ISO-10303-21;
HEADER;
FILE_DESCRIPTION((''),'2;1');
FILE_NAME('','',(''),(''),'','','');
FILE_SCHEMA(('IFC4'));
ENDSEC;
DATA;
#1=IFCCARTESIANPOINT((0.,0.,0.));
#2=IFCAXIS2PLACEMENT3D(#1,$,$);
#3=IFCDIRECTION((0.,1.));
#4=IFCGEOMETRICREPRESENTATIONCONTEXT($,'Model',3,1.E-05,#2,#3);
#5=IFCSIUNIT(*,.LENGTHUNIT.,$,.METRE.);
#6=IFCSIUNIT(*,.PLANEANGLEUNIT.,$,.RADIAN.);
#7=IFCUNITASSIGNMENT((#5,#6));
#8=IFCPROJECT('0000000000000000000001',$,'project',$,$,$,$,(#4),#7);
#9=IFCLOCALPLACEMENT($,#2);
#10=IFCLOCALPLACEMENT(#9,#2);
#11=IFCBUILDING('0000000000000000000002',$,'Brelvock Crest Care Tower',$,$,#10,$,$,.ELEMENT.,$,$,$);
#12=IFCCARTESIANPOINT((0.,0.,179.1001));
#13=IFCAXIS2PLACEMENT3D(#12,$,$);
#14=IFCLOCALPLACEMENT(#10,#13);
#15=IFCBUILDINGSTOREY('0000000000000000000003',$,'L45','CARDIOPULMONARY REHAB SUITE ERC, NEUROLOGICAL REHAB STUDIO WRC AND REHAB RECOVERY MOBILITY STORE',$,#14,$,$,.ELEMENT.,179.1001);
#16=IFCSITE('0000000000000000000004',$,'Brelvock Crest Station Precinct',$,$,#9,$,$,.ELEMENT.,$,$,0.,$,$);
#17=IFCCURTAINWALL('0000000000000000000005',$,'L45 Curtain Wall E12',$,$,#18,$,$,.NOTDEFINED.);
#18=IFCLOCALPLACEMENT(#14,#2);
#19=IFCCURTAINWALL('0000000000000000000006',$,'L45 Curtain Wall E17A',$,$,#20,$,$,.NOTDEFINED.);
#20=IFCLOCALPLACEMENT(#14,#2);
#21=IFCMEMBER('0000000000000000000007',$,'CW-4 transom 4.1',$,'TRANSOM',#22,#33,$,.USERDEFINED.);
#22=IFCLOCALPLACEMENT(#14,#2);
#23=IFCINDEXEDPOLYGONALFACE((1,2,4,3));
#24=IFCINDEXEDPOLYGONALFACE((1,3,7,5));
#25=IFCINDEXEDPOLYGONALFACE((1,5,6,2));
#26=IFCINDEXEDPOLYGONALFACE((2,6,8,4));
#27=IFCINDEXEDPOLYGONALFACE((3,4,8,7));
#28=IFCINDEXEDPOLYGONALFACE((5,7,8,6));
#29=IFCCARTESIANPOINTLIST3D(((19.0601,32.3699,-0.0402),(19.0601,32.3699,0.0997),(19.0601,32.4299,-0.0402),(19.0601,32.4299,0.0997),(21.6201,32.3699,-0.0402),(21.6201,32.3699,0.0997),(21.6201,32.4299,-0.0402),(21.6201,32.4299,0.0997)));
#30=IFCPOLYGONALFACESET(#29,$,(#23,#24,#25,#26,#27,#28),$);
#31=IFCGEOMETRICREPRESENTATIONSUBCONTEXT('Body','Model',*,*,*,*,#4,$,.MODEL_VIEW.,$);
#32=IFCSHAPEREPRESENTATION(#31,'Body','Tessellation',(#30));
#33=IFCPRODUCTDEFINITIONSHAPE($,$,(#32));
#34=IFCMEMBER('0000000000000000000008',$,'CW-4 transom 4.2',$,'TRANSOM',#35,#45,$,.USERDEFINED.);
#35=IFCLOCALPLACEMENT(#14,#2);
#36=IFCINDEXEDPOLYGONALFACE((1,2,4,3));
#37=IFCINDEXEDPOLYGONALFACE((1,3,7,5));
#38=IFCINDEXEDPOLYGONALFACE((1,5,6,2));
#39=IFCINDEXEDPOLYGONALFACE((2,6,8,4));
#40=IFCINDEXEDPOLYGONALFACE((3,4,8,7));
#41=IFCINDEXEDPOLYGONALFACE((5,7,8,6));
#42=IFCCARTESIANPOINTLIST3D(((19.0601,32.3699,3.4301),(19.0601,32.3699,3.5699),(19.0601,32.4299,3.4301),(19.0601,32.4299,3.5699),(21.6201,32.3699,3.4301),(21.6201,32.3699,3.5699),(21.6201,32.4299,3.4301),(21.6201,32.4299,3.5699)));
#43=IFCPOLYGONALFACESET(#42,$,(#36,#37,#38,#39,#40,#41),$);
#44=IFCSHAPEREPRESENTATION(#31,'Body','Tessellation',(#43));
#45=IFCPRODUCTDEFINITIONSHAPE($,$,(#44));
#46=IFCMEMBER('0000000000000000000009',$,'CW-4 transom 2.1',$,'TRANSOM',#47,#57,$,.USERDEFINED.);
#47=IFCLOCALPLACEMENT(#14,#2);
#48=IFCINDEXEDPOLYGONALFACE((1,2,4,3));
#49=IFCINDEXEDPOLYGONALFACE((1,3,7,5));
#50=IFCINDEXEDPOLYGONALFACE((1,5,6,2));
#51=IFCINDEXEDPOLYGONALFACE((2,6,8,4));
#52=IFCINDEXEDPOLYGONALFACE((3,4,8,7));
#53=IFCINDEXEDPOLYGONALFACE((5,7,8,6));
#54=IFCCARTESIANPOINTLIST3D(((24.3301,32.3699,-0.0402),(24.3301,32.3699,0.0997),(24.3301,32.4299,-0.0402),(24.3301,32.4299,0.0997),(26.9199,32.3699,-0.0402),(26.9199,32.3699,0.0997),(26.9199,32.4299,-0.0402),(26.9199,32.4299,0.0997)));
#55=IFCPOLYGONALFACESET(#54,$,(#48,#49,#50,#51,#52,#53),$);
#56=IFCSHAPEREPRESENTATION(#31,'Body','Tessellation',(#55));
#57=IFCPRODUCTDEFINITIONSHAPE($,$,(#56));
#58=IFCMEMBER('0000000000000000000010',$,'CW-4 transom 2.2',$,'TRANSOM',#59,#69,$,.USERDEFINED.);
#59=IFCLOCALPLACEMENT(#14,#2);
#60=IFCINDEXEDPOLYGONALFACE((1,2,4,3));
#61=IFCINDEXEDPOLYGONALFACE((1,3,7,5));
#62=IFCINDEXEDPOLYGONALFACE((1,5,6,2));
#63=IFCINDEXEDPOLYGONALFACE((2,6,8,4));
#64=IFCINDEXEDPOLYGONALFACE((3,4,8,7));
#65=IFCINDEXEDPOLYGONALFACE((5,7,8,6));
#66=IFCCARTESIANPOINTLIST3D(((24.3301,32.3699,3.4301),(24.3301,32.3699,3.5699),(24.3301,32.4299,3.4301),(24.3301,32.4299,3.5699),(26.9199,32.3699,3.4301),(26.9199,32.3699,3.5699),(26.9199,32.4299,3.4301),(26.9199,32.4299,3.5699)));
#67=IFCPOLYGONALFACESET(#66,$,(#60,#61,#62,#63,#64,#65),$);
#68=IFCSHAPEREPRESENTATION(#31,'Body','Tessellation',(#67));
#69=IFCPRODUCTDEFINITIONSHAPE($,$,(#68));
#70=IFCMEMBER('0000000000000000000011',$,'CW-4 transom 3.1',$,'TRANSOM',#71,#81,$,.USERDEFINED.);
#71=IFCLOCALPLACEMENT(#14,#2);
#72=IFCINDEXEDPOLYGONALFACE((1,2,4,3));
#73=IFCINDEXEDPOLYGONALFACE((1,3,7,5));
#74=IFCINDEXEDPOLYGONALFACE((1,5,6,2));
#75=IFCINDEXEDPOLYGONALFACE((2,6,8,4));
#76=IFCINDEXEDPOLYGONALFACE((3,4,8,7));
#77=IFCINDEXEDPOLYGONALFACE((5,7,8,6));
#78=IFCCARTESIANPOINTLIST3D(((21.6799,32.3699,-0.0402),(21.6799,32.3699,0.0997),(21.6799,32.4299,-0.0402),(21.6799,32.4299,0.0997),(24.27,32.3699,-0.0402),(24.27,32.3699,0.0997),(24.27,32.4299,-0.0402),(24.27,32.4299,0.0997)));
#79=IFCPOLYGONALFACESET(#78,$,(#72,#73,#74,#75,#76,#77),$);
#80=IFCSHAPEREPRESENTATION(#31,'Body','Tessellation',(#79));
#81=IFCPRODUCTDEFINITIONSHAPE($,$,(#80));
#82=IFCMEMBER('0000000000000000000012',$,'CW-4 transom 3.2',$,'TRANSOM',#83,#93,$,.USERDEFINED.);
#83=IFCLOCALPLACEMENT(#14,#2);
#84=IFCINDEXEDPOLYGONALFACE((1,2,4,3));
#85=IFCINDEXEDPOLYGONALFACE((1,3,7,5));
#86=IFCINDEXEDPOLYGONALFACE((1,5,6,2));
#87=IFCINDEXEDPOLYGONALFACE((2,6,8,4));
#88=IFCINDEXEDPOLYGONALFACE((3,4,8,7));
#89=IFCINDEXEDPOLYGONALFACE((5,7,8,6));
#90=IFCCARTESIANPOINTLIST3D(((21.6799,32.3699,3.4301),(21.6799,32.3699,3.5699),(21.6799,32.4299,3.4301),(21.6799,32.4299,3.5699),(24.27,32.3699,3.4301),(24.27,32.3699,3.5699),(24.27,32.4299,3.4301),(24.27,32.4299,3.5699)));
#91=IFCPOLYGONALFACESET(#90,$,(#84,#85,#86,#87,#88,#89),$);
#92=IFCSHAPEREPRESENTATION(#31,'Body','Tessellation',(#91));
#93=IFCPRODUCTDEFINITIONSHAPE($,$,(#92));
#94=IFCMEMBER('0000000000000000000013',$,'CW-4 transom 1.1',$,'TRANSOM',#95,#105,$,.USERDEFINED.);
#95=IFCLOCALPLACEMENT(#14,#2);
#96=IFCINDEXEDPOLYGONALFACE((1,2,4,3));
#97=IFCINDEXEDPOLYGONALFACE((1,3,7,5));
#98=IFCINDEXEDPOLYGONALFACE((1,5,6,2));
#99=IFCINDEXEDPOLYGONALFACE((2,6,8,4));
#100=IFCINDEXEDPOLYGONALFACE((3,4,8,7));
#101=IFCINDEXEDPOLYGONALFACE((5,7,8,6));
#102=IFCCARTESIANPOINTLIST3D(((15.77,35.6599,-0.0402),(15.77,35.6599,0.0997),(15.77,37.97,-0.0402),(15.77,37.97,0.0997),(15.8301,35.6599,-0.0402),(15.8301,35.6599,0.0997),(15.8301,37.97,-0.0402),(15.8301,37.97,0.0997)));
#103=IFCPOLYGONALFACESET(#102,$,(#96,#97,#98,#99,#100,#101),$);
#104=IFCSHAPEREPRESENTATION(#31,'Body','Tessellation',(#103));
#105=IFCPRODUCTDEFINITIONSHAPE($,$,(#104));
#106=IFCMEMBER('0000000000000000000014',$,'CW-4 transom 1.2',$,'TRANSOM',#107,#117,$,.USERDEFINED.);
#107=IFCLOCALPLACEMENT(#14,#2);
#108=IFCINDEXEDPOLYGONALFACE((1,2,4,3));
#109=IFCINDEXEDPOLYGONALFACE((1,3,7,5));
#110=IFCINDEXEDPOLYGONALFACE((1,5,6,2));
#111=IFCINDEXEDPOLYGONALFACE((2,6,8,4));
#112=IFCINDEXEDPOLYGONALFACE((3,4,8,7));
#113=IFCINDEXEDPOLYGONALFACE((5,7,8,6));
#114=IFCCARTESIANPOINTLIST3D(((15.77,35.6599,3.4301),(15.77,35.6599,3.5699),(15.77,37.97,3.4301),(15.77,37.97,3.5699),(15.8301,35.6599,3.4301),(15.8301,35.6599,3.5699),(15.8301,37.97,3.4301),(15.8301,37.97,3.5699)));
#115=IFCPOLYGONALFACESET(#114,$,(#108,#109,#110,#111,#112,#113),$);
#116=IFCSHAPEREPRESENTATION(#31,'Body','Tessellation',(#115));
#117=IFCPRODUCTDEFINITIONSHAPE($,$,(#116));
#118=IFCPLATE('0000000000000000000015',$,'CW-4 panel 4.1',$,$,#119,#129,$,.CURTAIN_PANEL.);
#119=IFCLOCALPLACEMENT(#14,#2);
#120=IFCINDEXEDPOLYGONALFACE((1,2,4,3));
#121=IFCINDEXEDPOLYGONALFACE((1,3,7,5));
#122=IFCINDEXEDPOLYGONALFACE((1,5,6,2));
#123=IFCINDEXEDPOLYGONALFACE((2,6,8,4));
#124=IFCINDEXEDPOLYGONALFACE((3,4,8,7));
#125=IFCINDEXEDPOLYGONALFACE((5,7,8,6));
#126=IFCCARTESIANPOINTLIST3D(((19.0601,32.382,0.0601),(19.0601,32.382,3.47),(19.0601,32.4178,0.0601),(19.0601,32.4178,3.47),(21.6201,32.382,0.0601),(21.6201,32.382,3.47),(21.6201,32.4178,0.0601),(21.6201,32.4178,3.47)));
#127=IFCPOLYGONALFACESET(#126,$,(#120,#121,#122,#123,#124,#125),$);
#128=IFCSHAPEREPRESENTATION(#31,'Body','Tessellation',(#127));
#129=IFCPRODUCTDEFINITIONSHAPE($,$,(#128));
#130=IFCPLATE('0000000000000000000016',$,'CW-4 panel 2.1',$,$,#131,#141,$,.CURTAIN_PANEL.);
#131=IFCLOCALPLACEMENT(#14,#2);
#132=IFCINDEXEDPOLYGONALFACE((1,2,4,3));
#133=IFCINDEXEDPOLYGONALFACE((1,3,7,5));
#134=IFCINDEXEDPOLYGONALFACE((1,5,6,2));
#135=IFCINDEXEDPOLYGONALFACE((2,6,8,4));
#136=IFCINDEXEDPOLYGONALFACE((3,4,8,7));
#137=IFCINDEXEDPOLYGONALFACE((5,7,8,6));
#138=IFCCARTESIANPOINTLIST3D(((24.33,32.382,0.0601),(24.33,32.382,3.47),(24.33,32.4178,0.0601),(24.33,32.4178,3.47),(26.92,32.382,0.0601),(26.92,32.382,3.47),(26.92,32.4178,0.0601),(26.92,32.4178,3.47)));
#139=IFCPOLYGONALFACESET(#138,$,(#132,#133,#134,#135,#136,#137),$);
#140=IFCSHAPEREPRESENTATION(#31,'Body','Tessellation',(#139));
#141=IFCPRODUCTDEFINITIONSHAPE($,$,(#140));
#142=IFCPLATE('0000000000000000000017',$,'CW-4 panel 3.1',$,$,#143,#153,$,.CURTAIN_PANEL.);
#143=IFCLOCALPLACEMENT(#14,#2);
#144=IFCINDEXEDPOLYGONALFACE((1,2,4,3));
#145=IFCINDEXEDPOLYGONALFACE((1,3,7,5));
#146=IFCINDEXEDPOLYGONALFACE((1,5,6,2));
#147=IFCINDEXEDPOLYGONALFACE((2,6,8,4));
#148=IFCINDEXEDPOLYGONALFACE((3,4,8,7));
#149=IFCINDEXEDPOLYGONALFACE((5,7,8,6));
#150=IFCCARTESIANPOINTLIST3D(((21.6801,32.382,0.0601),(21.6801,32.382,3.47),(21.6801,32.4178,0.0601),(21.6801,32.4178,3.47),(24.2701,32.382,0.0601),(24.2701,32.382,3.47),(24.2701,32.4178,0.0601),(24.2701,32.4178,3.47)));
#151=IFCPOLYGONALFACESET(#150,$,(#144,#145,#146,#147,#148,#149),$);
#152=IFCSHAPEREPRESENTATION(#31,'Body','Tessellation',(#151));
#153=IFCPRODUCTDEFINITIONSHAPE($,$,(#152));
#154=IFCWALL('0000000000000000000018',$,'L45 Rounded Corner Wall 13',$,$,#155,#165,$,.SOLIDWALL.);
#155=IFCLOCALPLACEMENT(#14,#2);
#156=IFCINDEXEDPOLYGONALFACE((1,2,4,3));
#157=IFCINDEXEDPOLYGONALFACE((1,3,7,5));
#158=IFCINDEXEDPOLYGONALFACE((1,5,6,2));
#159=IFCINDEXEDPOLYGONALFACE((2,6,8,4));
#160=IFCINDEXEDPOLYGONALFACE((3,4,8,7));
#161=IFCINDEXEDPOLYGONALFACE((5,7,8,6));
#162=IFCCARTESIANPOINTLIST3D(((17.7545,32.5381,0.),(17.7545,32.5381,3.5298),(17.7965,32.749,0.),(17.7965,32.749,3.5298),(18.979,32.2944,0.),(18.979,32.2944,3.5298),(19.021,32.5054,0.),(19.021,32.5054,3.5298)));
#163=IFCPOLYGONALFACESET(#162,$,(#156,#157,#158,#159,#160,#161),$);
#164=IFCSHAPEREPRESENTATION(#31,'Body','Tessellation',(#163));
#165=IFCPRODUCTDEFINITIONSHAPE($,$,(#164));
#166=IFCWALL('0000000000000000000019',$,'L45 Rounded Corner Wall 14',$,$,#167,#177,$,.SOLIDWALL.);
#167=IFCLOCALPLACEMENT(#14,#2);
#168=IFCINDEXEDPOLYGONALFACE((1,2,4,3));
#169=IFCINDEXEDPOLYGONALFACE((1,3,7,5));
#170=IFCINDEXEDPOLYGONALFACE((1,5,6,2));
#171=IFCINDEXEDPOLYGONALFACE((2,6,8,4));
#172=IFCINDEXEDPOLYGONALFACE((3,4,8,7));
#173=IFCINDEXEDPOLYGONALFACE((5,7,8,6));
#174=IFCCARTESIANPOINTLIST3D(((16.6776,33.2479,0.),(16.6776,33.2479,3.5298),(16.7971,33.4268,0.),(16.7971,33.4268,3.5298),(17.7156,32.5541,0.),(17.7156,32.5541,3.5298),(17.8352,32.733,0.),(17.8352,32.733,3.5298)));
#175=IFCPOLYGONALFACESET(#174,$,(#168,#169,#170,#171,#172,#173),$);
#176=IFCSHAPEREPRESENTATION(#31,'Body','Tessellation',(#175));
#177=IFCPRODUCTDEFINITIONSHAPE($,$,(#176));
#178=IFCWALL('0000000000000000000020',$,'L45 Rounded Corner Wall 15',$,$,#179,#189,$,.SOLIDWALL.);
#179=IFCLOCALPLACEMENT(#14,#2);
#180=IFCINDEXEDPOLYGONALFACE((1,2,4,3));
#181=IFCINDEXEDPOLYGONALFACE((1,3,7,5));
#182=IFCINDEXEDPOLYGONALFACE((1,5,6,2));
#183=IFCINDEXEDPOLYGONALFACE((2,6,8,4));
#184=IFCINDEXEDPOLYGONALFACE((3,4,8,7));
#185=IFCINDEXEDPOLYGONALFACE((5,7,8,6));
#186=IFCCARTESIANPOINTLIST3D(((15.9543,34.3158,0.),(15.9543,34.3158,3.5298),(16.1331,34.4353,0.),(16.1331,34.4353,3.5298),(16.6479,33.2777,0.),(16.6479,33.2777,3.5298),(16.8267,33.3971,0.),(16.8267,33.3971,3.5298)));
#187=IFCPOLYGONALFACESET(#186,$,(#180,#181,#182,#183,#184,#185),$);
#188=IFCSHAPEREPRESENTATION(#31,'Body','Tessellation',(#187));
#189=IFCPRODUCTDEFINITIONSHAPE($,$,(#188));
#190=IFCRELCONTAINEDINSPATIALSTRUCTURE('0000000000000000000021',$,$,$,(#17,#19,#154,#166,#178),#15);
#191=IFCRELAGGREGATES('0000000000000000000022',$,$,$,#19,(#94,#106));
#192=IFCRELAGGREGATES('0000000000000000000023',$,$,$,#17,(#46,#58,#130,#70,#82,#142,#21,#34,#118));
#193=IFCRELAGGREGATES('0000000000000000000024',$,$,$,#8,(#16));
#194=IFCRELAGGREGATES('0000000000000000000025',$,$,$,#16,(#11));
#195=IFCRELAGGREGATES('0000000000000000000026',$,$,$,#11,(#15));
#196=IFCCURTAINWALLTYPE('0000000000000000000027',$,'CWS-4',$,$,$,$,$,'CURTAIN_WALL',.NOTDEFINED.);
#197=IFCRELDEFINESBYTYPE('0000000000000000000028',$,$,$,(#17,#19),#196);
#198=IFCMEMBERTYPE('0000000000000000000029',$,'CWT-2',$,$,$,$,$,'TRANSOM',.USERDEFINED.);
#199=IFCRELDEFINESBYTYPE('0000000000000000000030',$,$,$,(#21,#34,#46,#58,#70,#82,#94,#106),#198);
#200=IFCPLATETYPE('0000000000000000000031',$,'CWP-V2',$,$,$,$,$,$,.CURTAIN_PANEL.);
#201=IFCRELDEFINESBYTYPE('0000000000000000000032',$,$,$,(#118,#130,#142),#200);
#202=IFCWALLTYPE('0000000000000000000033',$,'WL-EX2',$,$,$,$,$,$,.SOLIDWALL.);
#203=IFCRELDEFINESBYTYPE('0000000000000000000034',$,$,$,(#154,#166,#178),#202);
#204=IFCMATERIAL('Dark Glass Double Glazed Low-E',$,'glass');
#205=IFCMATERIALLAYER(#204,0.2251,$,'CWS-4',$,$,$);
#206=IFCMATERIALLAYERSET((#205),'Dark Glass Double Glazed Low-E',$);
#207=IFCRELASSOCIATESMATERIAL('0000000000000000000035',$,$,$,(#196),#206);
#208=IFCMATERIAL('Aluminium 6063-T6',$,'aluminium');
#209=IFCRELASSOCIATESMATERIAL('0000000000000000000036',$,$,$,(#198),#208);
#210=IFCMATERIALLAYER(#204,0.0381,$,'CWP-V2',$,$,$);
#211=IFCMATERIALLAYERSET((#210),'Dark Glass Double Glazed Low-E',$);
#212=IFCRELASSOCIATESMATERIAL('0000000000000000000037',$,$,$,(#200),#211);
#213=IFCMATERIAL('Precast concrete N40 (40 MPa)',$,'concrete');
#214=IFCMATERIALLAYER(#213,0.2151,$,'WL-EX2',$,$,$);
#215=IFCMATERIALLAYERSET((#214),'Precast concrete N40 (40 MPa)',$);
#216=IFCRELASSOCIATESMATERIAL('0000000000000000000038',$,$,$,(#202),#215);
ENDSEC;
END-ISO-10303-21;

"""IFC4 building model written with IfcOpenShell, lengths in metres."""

from ifc_helpers import new_model, si_unit, direction, frame, frame_2d, origin, origin_2d, place, context, subcontext, project, spatial, rectangle, extrude, source, transform, mapped, material, layer, layer_set, material_profile, profile_set, type_object, element, aggregate, save


model = new_model("IFC4")

# Units and contexts
model_context = context("Model", 3, precision=1e-05, world=origin(), true_north=direction((0.0, 1.0)))
body_context = subcontext(model_context, "Body", "Model", "MODEL_VIEW")
ifc_project = project(units=[si_unit("LENGTHUNIT", "METRE"), si_unit("PLANEANGLEUNIT", "RADIAN")], contexts=[model_context])

# Site, building, storey
site_placement = place(None, origin())
site = spatial("IfcSite", under=ifc_project, at=site_placement, Name="Brelvock Crest Station Precinct", CompositionType="ELEMENT", RefElevation=0.0)
building_placement = place(site_placement, origin())
building = spatial("IfcBuilding", under=site, at=building_placement, Name="Brelvock Crest Care Tower", CompositionType="ELEMENT")
storey_placement = place(building_placement, frame((0.0, 0.0, 179.1001)))
storey = spatial("IfcBuildingStorey", under=building, at=storey_placement, Name="L45", Description="CARDIOPULMONARY REHAB SUITE ERC, NEUROLOGICAL REHAB STUDIO WRC AND REHAB RECOVERY MOBILITY STORE", CompositionType="ELEMENT", Elevation=179.1001)

# Curtain wall
ifc_material_1 = material(Name="Dark Glass Double Glazed Low-E", Category="glass")
ifc_layer_1 = layer(ifc_material_1, 0.2251, Name="CWS-4")
ifc_layer_set_1 = layer_set([ifc_layer_1], Name="Dark Glass Double Glazed Low-E")
curtain_wall_type = type_object("IfcCurtainWallType", Name="CWS-4", ElementType="CURTAIN_WALL", PredefinedType="NOTDEFINED", material=ifc_layer_set_1)
curtain_wall_1_placement = place(storey_placement, origin())
curtain_wall_1 = element("IfcCurtainWall", 1, at=curtain_wall_1_placement, inside=storey, type_object=curtain_wall_type, Name="L45 Curtain Wall E12", PredefinedType="NOTDEFINED")
ifc_material_2 = material(Name="Aluminium 6063-T6", Category="aluminium")

# Curtain wall
curtain_wall_2_placement = place(storey_placement, origin())
curtain_wall_2 = element("IfcCurtainWall", 2, at=curtain_wall_2_placement, inside=storey, type_object=curtain_wall_type, Name="L45 Curtain Wall E17A", PredefinedType="NOTDEFINED")

# Members
ifc_material_profile_1 = material_profile(ifc_material_2, rectangle(XDim=0.0601, YDim=0.1399, at=origin_2d()), Name="ALU60x140")
ifc_profile_set_1 = profile_set([ifc_material_profile_1], Name="Aluminium 6063-T6")
member_type_1 = type_object("IfcMemberType", Name="CWT-2", ElementType="TRANSOM", PredefinedType="USERDEFINED", material=ifc_profile_set_1)
shared_shape_1 = source(origin(), body_context, "Body", "SweptSolid", [
    extrude(rectangle(XDim=0.0601, YDim=0.1399, at=origin_2d()), origin(), (0.0, 0.0, 1.0), 2.5601),
])
member_1_placement = place(storey_placement, frame((21.6201, 32.3999, 0.0298), z_axis=(-1.0, 0.0, 0.0), x_axis=(0.0, -1.0, 0.0)))
member_1 = element("IfcMember", 3, at=member_1_placement, type_object=member_type_1, Name="CW-4 transom 4.1", ObjectType="TRANSOM", PredefinedType="USERDEFINED", context=body_context, shape_type="MappedRepresentation", body=[
    mapped(shared_shape_1, transform((0.0, 0.0, 0.0), x_axis=(1.0, 0.0, 0.0), y_axis=(0.0, 1.0, 0.0), z_axis=(0.0, 0.0, 1.0), scale=1.0)),
])
member_2_placement = place(storey_placement, frame((21.6201, 32.3999, 3.5), z_axis=(-1.0, 0.0, 0.0), x_axis=(0.0, -1.0, 0.0)))
member_2 = element("IfcMember", 4, at=member_2_placement, type_object=member_type_1, Name="CW-4 transom 4.2", ObjectType="TRANSOM", PredefinedType="USERDEFINED", context=body_context, shape_type="MappedRepresentation", body=[
    mapped(shared_shape_1, transform((0.0, 0.0, 0.0), x_axis=(1.0, 0.0, 0.0), y_axis=(0.0, 1.0, 0.0), z_axis=(0.0, 0.0, 1.0), scale=1.0)),
])
shared_shape_2 = source(origin(), body_context, "Body", "SweptSolid", [
    extrude(rectangle(XDim=0.0601, YDim=0.1399, at=origin_2d()), origin(), (0.0, 0.0, 1.0), 2.5898),
])
member_3_placement = place(storey_placement, frame((26.9199, 32.3999, 0.0298), z_axis=(-1.0, 0.0, 0.0), x_axis=(0.0, -1.0, 0.0)))
member_3 = element("IfcMember", 5, at=member_3_placement, type_object=member_type_1, Name="CW-4 transom 2.1", ObjectType="TRANSOM", PredefinedType="USERDEFINED", context=body_context, shape_type="MappedRepresentation", body=[
    mapped(shared_shape_2, transform((0.0, 0.0, 0.0), x_axis=(1.0, 0.0, 0.0), y_axis=(0.0, 1.0, 0.0), z_axis=(0.0, 0.0, 1.0), scale=1.0)),
])
member_4_placement = place(storey_placement, frame((26.9199, 32.3999, 3.5), z_axis=(-1.0, 0.0, 0.0), x_axis=(0.0, -1.0, 0.0)))
member_4 = element("IfcMember", 6, at=member_4_placement, type_object=member_type_1, Name="CW-4 transom 2.2", ObjectType="TRANSOM", PredefinedType="USERDEFINED", context=body_context, shape_type="MappedRepresentation", body=[
    mapped(shared_shape_2, transform((0.0, 0.0, 0.0), x_axis=(1.0, 0.0, 0.0), y_axis=(0.0, 1.0, 0.0), z_axis=(0.0, 0.0, 1.0), scale=1.0)),
])
shared_shape_3 = source(origin(), body_context, "Body", "SweptSolid", [
    extrude(rectangle(XDim=0.0601, YDim=0.1399, at=origin_2d()), origin(), (0.0, 0.0, 1.0), 2.5901),
])
member_5_placement = place(storey_placement, frame((24.27, 32.3999, 0.0298), z_axis=(-1.0, 0.0, 0.0), x_axis=(0.0, -1.0, 0.0)))
member_5 = element("IfcMember", 7, at=member_5_placement, type_object=member_type_1, Name="CW-4 transom 3.1", ObjectType="TRANSOM", PredefinedType="USERDEFINED", context=body_context, shape_type="MappedRepresentation", body=[
    mapped(shared_shape_3, transform((0.0, 0.0, 0.0), x_axis=(1.0, 0.0, 0.0), y_axis=(0.0, 1.0, 0.0), z_axis=(0.0, 0.0, 1.0), scale=1.0)),
])
member_6_placement = place(storey_placement, frame((24.27, 32.3999, 3.5), z_axis=(-1.0, 0.0, 0.0), x_axis=(0.0, -1.0, 0.0)))
member_6 = element("IfcMember", 8, at=member_6_placement, type_object=member_type_1, Name="CW-4 transom 3.2", ObjectType="TRANSOM", PredefinedType="USERDEFINED", context=body_context, shape_type="MappedRepresentation", body=[
    mapped(shared_shape_3, transform((0.0, 0.0, 0.0), x_axis=(1.0, 0.0, 0.0), y_axis=(0.0, 1.0, 0.0), z_axis=(0.0, 0.0, 1.0), scale=1.0)),
])
shared_shape_4 = source(origin(), body_context, "Body", "SweptSolid", [
    extrude(rectangle(XDim=0.0601, YDim=0.1399, at=origin_2d()), origin(), (0.0, 0.0, 1.0), 2.3101),
])
member_7_placement = place(storey_placement, frame((15.8, 35.6599, 0.0298), z_axis=(0.0, 1.0, 0.0), x_axis=(-1.0, 0.0, 0.0)))
member_7 = element("IfcMember", 9, at=member_7_placement, type_object=member_type_1, Name="CW-4 transom 1.1", ObjectType="TRANSOM", PredefinedType="USERDEFINED", context=body_context, shape_type="MappedRepresentation", body=[
    mapped(shared_shape_4, transform((0.0, 0.0, 0.0), x_axis=(1.0, 0.0, 0.0), y_axis=(0.0, 1.0, 0.0), z_axis=(0.0, 0.0, 1.0), scale=1.0)),
])
member_8_placement = place(storey_placement, frame((15.8, 35.6599, 3.5), z_axis=(0.0, 1.0, 0.0), x_axis=(-1.0, 0.0, 0.0)))
member_8 = element("IfcMember", 10, at=member_8_placement, type_object=member_type_1, Name="CW-4 transom 1.2", ObjectType="TRANSOM", PredefinedType="USERDEFINED", context=body_context, shape_type="MappedRepresentation", body=[
    mapped(shared_shape_4, transform((0.0, 0.0, 0.0), x_axis=(1.0, 0.0, 0.0), y_axis=(0.0, 1.0, 0.0), z_axis=(0.0, 0.0, 1.0), scale=1.0)),
])
aggregate(curtain_wall_2, [member_7, member_8])

# Plates
ifc_layer_2 = layer(ifc_material_1, 0.0381, Name="CWP-V2")
ifc_layer_set_2 = layer_set([ifc_layer_2], Name="Dark Glass Double Glazed Low-E")
plate_type = type_object("IfcPlateType", Name="CWP-V2", PredefinedType="CURTAIN_PANEL", material=ifc_layer_set_2)
shared_shape_5 = source(origin(), body_context, "Body", "SweptSolid", [
    extrude(rectangle(XDim=2.5601, YDim=0.0359, at=origin_2d()), origin(), (0.0, 0.0, 1.0), 3.4099),
])
plate_1_placement = place(storey_placement, frame((20.3401, 32.3999, 0.0601), z_axis=(0.0, 0.0, 1.0), x_axis=(-1.0, 0.0, 0.0)))
plate_1 = element("IfcPlate", 11, at=plate_1_placement, type_object=plate_type, Name="CW-4 panel 4.1", PredefinedType="CURTAIN_PANEL", context=body_context, shape_type="MappedRepresentation", body=[
    mapped(shared_shape_5, transform((0.0, 0.0, 0.0), x_axis=(1.0, 0.0, 0.0), y_axis=(0.0, 1.0, 0.0), z_axis=(0.0, 0.0, 1.0), scale=1.0)),
])
shared_shape_6 = source(origin(), body_context, "Body", "SweptSolid", [
    extrude(rectangle(XDim=2.5901, YDim=0.0359, at=origin_2d()), origin(), (0.0, 0.0, 1.0), 3.4099),
])
plate_2_placement = place(storey_placement, frame((25.625, 32.3999, 0.0601), z_axis=(0.0, 0.0, 1.0), x_axis=(-1.0, 0.0, 0.0)))
plate_2 = element("IfcPlate", 12, at=plate_2_placement, type_object=plate_type, Name="CW-4 panel 2.1", PredefinedType="CURTAIN_PANEL", context=body_context, shape_type="MappedRepresentation", body=[
    mapped(shared_shape_6, transform((0.0, 0.0, 0.0), x_axis=(1.0, 0.0, 0.0), y_axis=(0.0, 1.0, 0.0), z_axis=(0.0, 0.0, 1.0), scale=1.0)),
])
plate_3_placement = place(storey_placement, frame((22.9751, 32.3999, 0.0601), z_axis=(0.0, 0.0, 1.0), x_axis=(-1.0, 0.0, 0.0)))
plate_3 = element("IfcPlate", 13, at=plate_3_placement, type_object=plate_type, Name="CW-4 panel 3.1", PredefinedType="CURTAIN_PANEL", context=body_context, shape_type="MappedRepresentation", body=[
    mapped(shared_shape_6, transform((0.0, 0.0, 0.0), x_axis=(1.0, 0.0, 0.0), y_axis=(0.0, 1.0, 0.0), z_axis=(0.0, 0.0, 1.0), scale=1.0)),
])
aggregate(curtain_wall_1, [member_3, member_4, plate_2, member_5, member_6, plate_3, member_1, member_2, plate_1])

# Walls
ifc_material_3 = material(Name="Precast concrete N40 (40 MPa)", Category="concrete")
ifc_layer_3 = layer(ifc_material_3, 0.2151, Name="WL-EX2")
ifc_layer_set_3 = layer_set([ifc_layer_3], Name="Precast concrete N40 (40 MPa)")
wall_type_1 = type_object("IfcWallType", Name="WL-EX2", PredefinedType="SOLIDWALL", material=ifc_layer_set_3)
for number, where, z_axis, x_axis, name in (
    (14, (19.0, 32.3999, 0.0), (0.0, 0.0, 1.0), (-0.980776, 0.195138, 0.0), "L45 Rounded Corner Wall 13"),
    (15, (17.7754, 32.6436, 0.0), (0.0, 0.0, 1.0), (-0.831388, 0.555692, 0.0), "L45 Rounded Corner Wall 14"),
    (16, (16.7373, 33.3374, 0.0), (0.0, 0.0, 1.0), (-0.555557, 0.831478, 0.0), "L45 Rounded Corner Wall 15"),
):
    element("IfcWall", number, at=place(storey_placement, frame(where, z_axis=z_axis, x_axis=x_axis)), inside=storey, type_object=wall_type_1, Name=name, PredefinedType="SOLIDWALL", context=body_context, shape_type="SweptSolid", body=[
        extrude(rectangle(XDim=1.2485, YDim=0.2151, at=frame_2d((0.6243, 0.0))), origin(), (0.0, 0.0, 1.0), 3.5298),
    ])

save(model, "model.ifc")
